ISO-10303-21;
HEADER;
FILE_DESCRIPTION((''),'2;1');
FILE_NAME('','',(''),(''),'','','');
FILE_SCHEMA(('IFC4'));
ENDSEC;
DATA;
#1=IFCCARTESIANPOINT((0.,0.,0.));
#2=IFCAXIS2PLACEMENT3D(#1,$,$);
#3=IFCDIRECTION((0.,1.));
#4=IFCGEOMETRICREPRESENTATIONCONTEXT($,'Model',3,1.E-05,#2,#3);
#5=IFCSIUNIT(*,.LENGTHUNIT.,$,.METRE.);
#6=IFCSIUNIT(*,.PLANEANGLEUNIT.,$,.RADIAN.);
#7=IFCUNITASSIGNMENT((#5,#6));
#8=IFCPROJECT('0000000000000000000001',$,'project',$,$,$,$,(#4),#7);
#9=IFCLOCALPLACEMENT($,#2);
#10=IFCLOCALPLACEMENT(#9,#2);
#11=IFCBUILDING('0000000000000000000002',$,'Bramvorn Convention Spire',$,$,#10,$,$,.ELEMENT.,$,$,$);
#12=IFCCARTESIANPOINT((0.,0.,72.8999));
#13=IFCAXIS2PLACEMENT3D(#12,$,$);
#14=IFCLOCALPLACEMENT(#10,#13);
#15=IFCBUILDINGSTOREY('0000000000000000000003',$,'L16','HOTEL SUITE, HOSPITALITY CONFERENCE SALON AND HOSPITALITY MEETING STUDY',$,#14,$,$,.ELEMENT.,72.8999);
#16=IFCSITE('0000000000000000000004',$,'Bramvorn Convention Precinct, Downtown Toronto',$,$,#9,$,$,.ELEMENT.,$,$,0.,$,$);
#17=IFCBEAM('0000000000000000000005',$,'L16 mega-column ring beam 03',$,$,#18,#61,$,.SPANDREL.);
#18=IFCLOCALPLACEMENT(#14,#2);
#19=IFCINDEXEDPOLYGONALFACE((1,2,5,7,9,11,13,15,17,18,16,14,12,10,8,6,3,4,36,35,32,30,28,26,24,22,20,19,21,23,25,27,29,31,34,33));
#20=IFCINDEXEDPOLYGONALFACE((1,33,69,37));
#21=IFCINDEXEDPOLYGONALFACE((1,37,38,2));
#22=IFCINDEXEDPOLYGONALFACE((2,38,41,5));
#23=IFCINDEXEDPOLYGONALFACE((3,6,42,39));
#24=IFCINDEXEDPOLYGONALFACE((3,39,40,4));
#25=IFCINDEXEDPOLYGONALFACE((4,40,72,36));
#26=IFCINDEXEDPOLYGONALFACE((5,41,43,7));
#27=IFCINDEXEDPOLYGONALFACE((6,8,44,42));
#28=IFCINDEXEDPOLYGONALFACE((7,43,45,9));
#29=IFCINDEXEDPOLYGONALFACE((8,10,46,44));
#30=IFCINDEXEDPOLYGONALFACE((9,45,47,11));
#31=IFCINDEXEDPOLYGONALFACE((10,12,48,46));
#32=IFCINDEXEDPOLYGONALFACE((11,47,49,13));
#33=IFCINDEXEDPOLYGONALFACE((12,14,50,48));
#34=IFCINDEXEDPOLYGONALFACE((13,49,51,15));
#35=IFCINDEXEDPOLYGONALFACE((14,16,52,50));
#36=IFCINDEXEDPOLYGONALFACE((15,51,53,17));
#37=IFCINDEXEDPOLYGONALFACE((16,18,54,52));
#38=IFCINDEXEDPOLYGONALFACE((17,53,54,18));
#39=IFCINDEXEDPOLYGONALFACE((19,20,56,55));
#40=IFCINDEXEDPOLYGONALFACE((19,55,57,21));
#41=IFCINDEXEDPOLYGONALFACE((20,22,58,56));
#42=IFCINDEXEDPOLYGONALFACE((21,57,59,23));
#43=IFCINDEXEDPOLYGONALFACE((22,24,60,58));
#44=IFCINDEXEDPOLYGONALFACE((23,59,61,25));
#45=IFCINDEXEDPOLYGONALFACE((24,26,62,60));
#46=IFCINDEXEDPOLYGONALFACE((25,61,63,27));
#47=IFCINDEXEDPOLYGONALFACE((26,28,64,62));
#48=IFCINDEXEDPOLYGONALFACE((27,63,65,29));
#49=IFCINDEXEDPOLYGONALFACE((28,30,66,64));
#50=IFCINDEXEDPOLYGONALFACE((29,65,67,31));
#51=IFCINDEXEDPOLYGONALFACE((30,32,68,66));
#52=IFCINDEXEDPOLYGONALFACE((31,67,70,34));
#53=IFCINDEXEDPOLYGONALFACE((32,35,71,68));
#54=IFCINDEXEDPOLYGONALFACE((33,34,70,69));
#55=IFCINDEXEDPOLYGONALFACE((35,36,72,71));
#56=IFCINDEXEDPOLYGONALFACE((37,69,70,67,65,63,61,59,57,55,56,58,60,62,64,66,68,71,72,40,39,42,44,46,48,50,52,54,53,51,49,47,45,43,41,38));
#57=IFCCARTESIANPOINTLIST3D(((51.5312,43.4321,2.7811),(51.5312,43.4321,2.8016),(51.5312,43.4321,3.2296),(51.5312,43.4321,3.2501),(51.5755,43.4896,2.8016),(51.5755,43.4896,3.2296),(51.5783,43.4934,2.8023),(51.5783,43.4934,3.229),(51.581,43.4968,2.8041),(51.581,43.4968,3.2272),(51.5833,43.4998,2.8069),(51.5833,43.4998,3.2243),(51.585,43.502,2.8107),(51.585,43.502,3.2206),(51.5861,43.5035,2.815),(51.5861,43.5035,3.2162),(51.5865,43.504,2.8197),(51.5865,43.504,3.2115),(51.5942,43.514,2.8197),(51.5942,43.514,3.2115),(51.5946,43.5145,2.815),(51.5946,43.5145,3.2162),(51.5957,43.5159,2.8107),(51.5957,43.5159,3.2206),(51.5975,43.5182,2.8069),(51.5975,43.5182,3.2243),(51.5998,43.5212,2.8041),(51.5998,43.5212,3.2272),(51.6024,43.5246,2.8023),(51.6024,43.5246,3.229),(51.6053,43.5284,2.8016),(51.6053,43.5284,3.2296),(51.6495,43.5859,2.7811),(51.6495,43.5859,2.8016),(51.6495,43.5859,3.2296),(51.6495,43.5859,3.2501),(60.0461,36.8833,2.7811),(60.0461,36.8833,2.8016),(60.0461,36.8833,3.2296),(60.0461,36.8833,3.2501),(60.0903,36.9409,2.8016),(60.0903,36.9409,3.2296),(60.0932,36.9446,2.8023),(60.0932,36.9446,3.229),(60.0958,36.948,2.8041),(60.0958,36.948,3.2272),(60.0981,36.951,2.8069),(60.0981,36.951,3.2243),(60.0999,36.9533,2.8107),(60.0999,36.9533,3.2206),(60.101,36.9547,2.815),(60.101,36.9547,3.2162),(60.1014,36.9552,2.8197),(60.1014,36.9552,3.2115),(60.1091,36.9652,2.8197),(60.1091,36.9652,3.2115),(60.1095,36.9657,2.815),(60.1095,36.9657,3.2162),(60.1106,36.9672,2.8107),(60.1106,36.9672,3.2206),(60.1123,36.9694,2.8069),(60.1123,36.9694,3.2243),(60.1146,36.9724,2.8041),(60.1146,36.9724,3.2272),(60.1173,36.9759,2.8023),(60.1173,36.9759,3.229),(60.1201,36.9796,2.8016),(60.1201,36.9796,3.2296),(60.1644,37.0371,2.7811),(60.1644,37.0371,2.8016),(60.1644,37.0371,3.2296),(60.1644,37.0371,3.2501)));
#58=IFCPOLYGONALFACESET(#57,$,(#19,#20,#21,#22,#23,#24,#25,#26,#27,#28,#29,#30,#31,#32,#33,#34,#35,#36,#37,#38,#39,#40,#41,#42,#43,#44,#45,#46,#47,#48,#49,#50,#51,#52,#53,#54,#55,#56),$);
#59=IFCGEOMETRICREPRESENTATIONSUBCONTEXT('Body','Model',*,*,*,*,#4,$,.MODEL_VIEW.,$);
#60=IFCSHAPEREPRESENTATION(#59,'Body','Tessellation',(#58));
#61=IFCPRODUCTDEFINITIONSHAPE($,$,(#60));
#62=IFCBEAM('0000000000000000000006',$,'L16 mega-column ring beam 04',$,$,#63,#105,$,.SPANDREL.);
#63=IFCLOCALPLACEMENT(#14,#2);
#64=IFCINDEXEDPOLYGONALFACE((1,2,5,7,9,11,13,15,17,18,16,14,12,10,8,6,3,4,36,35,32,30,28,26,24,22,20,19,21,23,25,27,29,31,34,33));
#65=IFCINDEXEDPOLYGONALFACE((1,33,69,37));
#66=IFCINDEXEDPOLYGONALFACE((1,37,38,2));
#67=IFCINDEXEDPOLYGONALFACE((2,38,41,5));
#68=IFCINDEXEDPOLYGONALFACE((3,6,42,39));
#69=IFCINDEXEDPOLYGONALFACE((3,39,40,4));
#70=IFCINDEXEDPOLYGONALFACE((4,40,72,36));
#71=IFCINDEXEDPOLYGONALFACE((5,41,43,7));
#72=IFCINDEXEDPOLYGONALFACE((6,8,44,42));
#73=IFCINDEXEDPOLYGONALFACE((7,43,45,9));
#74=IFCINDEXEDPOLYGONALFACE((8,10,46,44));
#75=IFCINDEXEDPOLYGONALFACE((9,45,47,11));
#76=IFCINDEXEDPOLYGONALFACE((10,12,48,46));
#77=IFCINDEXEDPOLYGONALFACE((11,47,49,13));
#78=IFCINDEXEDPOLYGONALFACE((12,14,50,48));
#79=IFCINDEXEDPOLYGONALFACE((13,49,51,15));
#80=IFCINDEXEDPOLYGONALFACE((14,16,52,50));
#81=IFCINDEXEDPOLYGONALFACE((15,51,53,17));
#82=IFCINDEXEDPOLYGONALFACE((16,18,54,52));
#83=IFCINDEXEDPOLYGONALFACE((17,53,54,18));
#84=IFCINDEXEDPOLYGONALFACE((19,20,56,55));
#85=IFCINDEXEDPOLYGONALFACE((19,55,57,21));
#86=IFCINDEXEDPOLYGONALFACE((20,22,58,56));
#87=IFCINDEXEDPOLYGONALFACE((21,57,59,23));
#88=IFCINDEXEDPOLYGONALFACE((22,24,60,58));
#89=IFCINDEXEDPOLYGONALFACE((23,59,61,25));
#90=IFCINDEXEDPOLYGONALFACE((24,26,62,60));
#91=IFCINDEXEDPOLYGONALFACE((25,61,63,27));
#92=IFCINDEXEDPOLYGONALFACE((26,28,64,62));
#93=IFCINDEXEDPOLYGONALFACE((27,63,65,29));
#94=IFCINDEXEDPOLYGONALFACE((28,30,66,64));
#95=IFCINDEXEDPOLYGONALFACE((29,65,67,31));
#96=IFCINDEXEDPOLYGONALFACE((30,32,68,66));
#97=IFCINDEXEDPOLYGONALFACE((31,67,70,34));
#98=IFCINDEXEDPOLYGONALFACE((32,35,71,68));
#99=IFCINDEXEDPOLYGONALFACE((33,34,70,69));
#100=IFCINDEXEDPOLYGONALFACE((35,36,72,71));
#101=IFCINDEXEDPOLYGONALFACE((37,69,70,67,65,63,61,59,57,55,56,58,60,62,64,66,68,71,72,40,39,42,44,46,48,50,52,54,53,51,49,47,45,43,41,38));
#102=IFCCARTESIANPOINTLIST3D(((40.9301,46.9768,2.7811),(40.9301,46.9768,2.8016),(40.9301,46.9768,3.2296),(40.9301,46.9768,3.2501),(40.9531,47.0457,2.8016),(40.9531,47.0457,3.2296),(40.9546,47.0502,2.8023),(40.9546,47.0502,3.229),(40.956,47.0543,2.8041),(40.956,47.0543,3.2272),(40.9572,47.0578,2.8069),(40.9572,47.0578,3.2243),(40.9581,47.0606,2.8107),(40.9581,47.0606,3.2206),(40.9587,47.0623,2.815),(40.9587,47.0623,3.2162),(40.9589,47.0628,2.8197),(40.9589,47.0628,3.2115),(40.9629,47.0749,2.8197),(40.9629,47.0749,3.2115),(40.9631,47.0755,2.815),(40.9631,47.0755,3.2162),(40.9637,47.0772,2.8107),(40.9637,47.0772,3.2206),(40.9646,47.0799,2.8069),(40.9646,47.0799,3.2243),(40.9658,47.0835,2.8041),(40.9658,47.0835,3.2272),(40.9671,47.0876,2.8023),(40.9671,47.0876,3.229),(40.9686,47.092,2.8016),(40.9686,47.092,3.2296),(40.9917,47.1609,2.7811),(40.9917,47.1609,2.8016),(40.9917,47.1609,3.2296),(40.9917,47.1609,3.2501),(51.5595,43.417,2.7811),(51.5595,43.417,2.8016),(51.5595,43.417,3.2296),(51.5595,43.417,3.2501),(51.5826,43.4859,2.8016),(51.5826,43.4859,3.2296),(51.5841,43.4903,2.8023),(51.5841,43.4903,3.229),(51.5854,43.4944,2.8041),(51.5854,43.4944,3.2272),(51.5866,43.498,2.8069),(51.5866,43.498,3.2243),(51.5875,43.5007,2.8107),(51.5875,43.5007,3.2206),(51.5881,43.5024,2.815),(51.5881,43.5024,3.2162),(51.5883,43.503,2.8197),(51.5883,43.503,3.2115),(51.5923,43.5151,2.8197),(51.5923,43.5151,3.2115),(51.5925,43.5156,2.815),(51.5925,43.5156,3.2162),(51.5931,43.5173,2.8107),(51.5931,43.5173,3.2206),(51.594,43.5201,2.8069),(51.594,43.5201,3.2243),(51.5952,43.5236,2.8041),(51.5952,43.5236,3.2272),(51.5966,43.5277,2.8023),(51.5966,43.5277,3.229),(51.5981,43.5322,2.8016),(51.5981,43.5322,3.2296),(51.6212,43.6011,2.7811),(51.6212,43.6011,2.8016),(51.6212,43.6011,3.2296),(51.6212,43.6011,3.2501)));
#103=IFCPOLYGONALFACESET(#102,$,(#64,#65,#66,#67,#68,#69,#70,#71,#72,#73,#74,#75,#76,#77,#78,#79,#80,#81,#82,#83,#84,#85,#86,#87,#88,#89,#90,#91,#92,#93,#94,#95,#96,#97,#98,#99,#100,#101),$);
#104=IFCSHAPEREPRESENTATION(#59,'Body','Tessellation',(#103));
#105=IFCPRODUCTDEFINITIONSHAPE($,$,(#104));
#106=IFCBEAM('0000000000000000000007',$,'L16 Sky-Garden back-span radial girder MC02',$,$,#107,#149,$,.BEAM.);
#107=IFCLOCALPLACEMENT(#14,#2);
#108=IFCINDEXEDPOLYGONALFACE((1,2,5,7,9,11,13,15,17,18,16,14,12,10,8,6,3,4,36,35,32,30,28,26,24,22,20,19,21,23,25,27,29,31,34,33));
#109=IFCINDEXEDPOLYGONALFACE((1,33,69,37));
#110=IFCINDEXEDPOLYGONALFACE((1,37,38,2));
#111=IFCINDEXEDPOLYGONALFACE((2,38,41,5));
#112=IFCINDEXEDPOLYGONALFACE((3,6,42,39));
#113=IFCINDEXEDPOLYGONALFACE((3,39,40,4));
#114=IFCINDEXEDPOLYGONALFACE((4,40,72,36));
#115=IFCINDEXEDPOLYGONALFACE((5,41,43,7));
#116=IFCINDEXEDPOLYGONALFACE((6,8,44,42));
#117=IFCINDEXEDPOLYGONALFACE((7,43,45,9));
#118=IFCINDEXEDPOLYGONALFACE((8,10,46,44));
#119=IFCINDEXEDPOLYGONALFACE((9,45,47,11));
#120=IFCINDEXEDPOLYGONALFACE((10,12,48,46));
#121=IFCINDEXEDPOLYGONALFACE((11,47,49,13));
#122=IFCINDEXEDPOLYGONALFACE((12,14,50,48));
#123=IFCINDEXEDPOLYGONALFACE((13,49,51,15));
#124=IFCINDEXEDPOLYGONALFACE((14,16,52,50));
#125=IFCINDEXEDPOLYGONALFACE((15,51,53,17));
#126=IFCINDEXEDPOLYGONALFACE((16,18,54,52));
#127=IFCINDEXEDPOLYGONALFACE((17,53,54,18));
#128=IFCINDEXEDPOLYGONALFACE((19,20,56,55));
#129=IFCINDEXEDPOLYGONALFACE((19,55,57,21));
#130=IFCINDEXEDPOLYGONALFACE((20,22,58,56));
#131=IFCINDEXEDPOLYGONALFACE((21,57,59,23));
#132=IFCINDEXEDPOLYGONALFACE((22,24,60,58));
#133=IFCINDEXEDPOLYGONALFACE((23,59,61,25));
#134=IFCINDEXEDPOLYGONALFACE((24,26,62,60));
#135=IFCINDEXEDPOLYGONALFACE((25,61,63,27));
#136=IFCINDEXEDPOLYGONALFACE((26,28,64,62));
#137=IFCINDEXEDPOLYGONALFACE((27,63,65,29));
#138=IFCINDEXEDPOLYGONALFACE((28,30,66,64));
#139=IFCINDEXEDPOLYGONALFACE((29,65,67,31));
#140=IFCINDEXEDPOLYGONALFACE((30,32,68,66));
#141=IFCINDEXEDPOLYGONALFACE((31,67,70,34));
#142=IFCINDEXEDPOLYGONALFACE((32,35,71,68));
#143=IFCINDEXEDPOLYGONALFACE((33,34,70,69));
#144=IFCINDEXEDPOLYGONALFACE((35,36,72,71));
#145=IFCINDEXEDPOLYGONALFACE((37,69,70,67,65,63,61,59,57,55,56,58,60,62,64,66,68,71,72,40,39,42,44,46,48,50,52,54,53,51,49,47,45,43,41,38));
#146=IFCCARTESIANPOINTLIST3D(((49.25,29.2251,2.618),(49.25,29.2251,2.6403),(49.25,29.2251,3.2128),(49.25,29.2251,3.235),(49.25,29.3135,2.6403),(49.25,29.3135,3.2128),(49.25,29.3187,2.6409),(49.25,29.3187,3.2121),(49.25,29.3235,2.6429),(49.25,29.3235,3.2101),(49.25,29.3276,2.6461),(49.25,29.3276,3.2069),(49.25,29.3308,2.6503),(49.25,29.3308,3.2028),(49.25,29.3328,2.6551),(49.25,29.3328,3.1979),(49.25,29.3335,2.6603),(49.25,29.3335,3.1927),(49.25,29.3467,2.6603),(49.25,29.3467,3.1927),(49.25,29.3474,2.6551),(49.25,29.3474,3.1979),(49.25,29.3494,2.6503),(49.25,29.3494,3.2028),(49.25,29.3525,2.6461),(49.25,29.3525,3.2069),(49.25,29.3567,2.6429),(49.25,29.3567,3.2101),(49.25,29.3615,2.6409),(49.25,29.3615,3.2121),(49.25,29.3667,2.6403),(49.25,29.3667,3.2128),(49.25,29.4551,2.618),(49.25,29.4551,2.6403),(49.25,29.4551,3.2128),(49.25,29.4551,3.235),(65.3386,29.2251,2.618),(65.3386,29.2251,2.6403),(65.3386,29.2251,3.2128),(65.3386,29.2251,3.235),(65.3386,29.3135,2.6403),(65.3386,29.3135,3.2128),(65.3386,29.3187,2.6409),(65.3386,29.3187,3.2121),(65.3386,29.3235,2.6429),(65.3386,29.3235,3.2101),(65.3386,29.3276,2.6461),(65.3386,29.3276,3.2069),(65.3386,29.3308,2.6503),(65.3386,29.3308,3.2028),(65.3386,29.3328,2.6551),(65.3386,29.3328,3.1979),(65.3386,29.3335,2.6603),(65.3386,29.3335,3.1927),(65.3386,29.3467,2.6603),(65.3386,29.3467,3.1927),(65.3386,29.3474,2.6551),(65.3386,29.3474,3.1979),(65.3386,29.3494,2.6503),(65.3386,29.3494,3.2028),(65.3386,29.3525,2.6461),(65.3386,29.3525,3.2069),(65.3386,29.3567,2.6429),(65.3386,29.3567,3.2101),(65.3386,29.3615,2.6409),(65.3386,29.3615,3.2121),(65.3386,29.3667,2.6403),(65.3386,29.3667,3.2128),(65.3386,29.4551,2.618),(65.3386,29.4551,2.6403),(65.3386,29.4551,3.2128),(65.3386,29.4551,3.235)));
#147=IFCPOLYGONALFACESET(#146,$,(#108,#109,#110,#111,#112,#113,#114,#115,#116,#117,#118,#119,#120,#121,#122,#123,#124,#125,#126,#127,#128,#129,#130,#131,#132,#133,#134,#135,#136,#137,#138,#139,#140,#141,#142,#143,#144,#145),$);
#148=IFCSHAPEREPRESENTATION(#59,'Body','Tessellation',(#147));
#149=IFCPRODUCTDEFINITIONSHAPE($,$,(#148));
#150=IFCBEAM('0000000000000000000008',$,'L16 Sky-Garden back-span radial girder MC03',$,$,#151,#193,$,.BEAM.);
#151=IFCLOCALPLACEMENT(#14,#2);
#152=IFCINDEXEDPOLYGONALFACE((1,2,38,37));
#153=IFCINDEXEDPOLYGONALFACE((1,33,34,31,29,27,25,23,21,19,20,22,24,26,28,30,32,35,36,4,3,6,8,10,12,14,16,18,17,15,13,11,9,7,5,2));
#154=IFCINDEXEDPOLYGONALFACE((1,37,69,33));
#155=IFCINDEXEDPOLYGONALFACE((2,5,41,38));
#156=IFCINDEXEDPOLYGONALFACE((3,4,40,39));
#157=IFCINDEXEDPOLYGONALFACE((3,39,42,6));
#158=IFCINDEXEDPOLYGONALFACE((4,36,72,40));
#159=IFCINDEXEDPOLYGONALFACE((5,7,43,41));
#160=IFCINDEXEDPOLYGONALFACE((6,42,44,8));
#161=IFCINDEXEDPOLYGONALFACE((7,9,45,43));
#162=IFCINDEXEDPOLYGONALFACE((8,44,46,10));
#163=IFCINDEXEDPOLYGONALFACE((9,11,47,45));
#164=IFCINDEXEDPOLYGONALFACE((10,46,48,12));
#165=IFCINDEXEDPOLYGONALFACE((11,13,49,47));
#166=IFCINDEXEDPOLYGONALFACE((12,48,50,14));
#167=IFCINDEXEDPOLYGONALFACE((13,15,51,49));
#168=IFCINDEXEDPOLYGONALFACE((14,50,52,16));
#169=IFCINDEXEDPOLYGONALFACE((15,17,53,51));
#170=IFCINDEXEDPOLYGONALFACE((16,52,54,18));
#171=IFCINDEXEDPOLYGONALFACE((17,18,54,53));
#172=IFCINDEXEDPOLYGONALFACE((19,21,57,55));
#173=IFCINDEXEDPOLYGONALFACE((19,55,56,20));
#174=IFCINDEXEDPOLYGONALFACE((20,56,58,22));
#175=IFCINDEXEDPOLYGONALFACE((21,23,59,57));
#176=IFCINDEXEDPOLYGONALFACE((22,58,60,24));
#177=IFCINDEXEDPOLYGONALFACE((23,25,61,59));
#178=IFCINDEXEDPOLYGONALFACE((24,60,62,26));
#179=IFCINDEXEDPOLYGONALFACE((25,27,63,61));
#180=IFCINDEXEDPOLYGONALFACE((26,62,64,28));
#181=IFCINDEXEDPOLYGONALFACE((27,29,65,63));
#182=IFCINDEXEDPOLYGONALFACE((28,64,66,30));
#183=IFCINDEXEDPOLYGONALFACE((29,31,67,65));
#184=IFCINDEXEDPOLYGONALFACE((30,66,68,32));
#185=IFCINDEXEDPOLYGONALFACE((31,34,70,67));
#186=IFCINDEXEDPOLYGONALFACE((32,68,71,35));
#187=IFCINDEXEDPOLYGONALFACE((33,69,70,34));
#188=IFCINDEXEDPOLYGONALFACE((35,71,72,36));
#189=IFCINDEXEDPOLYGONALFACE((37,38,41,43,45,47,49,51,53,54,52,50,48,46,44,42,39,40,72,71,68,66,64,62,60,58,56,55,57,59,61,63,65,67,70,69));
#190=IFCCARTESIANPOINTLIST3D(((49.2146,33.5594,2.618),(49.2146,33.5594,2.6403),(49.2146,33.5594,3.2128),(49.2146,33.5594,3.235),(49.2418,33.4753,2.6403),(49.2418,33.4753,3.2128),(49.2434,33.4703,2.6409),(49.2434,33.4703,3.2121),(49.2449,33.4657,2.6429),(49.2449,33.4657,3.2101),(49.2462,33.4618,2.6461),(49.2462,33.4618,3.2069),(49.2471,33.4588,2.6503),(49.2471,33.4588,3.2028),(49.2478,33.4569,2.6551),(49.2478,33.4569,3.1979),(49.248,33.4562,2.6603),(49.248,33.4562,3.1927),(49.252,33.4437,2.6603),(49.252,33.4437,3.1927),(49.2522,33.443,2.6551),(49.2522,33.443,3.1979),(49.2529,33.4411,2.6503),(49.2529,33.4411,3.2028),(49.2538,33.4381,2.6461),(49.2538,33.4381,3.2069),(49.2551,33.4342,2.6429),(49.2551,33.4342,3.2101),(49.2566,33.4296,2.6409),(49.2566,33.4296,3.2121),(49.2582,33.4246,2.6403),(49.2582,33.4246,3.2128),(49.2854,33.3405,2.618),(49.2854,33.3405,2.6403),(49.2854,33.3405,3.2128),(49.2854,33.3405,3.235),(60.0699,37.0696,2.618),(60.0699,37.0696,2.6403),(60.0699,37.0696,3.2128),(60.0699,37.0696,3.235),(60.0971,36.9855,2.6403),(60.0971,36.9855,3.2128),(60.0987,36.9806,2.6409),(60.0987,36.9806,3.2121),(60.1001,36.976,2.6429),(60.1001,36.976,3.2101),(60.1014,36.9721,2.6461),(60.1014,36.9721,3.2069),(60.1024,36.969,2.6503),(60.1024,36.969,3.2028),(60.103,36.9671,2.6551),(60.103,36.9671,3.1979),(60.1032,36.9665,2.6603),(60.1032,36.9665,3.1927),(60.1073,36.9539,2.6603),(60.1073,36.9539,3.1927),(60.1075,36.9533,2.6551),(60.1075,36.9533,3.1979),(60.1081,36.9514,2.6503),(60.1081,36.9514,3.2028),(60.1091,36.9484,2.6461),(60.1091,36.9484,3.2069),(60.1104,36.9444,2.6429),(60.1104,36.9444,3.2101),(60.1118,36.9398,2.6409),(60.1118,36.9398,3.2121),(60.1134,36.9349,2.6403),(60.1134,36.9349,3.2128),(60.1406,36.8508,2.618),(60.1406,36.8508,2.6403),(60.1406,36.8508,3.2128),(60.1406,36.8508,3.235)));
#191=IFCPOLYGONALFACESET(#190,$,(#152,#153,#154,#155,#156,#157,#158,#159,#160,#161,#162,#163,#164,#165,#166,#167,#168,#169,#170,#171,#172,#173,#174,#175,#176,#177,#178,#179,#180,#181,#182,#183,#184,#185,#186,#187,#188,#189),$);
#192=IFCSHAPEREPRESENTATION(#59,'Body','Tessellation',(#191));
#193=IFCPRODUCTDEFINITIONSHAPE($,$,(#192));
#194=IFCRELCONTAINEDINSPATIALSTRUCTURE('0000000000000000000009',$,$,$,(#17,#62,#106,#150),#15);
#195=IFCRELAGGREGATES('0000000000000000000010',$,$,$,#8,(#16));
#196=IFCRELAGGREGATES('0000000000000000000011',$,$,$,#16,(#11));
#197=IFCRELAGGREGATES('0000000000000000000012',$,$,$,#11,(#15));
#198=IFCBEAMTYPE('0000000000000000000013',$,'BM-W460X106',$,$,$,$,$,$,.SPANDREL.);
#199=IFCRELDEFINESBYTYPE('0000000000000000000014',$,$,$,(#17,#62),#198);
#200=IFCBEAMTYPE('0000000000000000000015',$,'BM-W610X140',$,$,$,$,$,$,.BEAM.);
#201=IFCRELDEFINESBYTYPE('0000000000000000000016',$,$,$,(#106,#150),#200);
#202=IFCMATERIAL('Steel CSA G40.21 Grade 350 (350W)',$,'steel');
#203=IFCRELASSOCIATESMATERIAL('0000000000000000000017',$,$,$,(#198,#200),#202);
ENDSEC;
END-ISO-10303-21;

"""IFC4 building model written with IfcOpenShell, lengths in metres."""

from ifc_helpers import new_model, si_unit, direction, frame, origin, origin_2d, place, context, subcontext, project, spatial, i_section, extrude, material, material_profile, profile_set, type_object, element, save


model = new_model("IFC4")

# Units and contexts
model_context = context("Model", 3, precision=1e-05, world=origin(), true_north=direction((0.0, 1.0)))
body_context = subcontext(model_context, "Body", "Model", "MODEL_VIEW")
ifc_project = project(units=[si_unit("LENGTHUNIT", "METRE"), si_unit("PLANEANGLEUNIT", "RADIAN")], contexts=[model_context])

# Site, building, storey
site_placement = place(None, origin())
site = spatial("IfcSite", under=ifc_project, at=site_placement, Name="Bramvorn Convention Precinct, Downtown Toronto", CompositionType="ELEMENT", RefElevation=0.0)
building_placement = place(site_placement, origin())
building = spatial("IfcBuilding", under=site, at=building_placement, Name="Bramvorn Convention Spire", CompositionType="ELEMENT")
storey_placement = place(building_placement, frame((0.0, 0.0, 72.8999)))
storey = spatial("IfcBuildingStorey", under=building, at=storey_placement, Name="L16", Description="HOTEL SUITE, HOSPITALITY CONFERENCE SALON AND HOSPITALITY MEETING STUDY", CompositionType="ELEMENT", Elevation=72.8999)

# Shared definitions
ifc_material_1 = material(Name="Steel CSA G40.21 Grade 350 (350W)", Category="steel")

# Beams
ifc_material_profile_1 = material_profile(ifc_material_1, i_section(OverallWidth=0.1941, OverallDepth=0.469, WebThickness=0.0127, FlangeThickness=0.0205, FilletRadius=0.0181, at=origin_2d()))
ifc_profile_set_1 = profile_set([ifc_material_profile_1], Name="Steel CSA G40.21 Grade 350 (350W) - W460X106")
beam_type_1 = type_object("IfcBeamType", Name="BM-W460X106", PredefinedType="SPANDREL", material=ifc_profile_set_1)
beam_1_placement = place(storey_placement, frame((60.1052, 36.9602, 3.0156), z_axis=(-0.792673, 0.609647, 0.0), x_axis=(-0.609647, -0.792673, 0.0)))
element("IfcBeam", 1, at=beam_1_placement, inside=storey, type_object=beam_type_1, Name="L16 mega-column ring beam 03", PredefinedType="SPANDREL", context=body_context, shape_type="SweptSolid", body=[
    extrude(i_section(OverallWidth=0.1941, OverallDepth=0.469, WebThickness=0.0127, FlangeThickness=0.0205, FilletRadius=0.0181, at=origin_2d()), origin(), (0.0, 0.0, 1.0), 10.7419),
])
beam_2_placement = place(storey_placement, frame((51.5903, 43.509, 3.0156), z_axis=(-0.948236, 0.317567, 0.0), x_axis=(-0.317567, -0.948236, 0.0)))
element("IfcBeam", 2, at=beam_2_placement, inside=storey, type_object=beam_type_1, Name="L16 mega-column ring beam 04", PredefinedType="SPANDREL", context=body_context, shape_type="SweptSolid", body=[
    extrude(i_section(OverallWidth=0.1941, OverallDepth=0.469, WebThickness=0.0127, FlangeThickness=0.0205, FilletRadius=0.0181, at=origin_2d()), origin(), (0.0, 0.0, 1.0), 11.2097),
])
ifc_material_profile_2 = material_profile(ifc_material_1, i_section(OverallWidth=0.23, OverallDepth=0.6169, WebThickness=0.0132, FlangeThickness=0.0222, FilletRadius=0.02, at=origin_2d()))
ifc_profile_set_2 = profile_set([ifc_material_profile_2], Name="Steel CSA G40.21 Grade 350 (350W) - W610X140")
beam_type_2 = type_object("IfcBeamType", Name="BM-W610X140", PredefinedType="BEAM", material=ifc_profile_set_2)
beam_3_placement = place(storey_placement, frame((49.25, 29.3401, 2.9265), z_axis=(1.0, 0.0, 0.0), x_axis=(0.0, 1.0, 0.0)))
element("IfcBeam", 3, at=beam_3_placement, inside=storey, type_object=beam_type_2, Name="L16 Sky-Garden back-span radial girder MC02", PredefinedType="BEAM", context=body_context, shape_type="SweptSolid", body=[
    extrude(i_section(OverallWidth=0.23, OverallDepth=0.6169, WebThickness=0.0132, FlangeThickness=0.0222, FilletRadius=0.02, at=origin_2d()), origin(), (0.0, 0.0, 1.0), 16.0886),
])
beam_4_placement = place(storey_placement, frame((49.25, 33.45, 2.9265), z_axis=(0.951489, 0.307683, 0.0), x_axis=(-0.307683, 0.951489, 0.0)))
element("IfcBeam", 4, at=beam_4_placement, inside=storey, type_object=beam_type_2, Name="L16 Sky-Garden back-span radial girder MC03", PredefinedType="BEAM", context=body_context, shape_type="SweptSolid", body=[
    extrude(i_section(OverallWidth=0.23, OverallDepth=0.6169, WebThickness=0.0132, FlangeThickness=0.0222, FilletRadius=0.02, at=origin_2d()), origin(), (0.0, 0.0, 1.0), 11.4087),
])

save(model, "model.ifc")
